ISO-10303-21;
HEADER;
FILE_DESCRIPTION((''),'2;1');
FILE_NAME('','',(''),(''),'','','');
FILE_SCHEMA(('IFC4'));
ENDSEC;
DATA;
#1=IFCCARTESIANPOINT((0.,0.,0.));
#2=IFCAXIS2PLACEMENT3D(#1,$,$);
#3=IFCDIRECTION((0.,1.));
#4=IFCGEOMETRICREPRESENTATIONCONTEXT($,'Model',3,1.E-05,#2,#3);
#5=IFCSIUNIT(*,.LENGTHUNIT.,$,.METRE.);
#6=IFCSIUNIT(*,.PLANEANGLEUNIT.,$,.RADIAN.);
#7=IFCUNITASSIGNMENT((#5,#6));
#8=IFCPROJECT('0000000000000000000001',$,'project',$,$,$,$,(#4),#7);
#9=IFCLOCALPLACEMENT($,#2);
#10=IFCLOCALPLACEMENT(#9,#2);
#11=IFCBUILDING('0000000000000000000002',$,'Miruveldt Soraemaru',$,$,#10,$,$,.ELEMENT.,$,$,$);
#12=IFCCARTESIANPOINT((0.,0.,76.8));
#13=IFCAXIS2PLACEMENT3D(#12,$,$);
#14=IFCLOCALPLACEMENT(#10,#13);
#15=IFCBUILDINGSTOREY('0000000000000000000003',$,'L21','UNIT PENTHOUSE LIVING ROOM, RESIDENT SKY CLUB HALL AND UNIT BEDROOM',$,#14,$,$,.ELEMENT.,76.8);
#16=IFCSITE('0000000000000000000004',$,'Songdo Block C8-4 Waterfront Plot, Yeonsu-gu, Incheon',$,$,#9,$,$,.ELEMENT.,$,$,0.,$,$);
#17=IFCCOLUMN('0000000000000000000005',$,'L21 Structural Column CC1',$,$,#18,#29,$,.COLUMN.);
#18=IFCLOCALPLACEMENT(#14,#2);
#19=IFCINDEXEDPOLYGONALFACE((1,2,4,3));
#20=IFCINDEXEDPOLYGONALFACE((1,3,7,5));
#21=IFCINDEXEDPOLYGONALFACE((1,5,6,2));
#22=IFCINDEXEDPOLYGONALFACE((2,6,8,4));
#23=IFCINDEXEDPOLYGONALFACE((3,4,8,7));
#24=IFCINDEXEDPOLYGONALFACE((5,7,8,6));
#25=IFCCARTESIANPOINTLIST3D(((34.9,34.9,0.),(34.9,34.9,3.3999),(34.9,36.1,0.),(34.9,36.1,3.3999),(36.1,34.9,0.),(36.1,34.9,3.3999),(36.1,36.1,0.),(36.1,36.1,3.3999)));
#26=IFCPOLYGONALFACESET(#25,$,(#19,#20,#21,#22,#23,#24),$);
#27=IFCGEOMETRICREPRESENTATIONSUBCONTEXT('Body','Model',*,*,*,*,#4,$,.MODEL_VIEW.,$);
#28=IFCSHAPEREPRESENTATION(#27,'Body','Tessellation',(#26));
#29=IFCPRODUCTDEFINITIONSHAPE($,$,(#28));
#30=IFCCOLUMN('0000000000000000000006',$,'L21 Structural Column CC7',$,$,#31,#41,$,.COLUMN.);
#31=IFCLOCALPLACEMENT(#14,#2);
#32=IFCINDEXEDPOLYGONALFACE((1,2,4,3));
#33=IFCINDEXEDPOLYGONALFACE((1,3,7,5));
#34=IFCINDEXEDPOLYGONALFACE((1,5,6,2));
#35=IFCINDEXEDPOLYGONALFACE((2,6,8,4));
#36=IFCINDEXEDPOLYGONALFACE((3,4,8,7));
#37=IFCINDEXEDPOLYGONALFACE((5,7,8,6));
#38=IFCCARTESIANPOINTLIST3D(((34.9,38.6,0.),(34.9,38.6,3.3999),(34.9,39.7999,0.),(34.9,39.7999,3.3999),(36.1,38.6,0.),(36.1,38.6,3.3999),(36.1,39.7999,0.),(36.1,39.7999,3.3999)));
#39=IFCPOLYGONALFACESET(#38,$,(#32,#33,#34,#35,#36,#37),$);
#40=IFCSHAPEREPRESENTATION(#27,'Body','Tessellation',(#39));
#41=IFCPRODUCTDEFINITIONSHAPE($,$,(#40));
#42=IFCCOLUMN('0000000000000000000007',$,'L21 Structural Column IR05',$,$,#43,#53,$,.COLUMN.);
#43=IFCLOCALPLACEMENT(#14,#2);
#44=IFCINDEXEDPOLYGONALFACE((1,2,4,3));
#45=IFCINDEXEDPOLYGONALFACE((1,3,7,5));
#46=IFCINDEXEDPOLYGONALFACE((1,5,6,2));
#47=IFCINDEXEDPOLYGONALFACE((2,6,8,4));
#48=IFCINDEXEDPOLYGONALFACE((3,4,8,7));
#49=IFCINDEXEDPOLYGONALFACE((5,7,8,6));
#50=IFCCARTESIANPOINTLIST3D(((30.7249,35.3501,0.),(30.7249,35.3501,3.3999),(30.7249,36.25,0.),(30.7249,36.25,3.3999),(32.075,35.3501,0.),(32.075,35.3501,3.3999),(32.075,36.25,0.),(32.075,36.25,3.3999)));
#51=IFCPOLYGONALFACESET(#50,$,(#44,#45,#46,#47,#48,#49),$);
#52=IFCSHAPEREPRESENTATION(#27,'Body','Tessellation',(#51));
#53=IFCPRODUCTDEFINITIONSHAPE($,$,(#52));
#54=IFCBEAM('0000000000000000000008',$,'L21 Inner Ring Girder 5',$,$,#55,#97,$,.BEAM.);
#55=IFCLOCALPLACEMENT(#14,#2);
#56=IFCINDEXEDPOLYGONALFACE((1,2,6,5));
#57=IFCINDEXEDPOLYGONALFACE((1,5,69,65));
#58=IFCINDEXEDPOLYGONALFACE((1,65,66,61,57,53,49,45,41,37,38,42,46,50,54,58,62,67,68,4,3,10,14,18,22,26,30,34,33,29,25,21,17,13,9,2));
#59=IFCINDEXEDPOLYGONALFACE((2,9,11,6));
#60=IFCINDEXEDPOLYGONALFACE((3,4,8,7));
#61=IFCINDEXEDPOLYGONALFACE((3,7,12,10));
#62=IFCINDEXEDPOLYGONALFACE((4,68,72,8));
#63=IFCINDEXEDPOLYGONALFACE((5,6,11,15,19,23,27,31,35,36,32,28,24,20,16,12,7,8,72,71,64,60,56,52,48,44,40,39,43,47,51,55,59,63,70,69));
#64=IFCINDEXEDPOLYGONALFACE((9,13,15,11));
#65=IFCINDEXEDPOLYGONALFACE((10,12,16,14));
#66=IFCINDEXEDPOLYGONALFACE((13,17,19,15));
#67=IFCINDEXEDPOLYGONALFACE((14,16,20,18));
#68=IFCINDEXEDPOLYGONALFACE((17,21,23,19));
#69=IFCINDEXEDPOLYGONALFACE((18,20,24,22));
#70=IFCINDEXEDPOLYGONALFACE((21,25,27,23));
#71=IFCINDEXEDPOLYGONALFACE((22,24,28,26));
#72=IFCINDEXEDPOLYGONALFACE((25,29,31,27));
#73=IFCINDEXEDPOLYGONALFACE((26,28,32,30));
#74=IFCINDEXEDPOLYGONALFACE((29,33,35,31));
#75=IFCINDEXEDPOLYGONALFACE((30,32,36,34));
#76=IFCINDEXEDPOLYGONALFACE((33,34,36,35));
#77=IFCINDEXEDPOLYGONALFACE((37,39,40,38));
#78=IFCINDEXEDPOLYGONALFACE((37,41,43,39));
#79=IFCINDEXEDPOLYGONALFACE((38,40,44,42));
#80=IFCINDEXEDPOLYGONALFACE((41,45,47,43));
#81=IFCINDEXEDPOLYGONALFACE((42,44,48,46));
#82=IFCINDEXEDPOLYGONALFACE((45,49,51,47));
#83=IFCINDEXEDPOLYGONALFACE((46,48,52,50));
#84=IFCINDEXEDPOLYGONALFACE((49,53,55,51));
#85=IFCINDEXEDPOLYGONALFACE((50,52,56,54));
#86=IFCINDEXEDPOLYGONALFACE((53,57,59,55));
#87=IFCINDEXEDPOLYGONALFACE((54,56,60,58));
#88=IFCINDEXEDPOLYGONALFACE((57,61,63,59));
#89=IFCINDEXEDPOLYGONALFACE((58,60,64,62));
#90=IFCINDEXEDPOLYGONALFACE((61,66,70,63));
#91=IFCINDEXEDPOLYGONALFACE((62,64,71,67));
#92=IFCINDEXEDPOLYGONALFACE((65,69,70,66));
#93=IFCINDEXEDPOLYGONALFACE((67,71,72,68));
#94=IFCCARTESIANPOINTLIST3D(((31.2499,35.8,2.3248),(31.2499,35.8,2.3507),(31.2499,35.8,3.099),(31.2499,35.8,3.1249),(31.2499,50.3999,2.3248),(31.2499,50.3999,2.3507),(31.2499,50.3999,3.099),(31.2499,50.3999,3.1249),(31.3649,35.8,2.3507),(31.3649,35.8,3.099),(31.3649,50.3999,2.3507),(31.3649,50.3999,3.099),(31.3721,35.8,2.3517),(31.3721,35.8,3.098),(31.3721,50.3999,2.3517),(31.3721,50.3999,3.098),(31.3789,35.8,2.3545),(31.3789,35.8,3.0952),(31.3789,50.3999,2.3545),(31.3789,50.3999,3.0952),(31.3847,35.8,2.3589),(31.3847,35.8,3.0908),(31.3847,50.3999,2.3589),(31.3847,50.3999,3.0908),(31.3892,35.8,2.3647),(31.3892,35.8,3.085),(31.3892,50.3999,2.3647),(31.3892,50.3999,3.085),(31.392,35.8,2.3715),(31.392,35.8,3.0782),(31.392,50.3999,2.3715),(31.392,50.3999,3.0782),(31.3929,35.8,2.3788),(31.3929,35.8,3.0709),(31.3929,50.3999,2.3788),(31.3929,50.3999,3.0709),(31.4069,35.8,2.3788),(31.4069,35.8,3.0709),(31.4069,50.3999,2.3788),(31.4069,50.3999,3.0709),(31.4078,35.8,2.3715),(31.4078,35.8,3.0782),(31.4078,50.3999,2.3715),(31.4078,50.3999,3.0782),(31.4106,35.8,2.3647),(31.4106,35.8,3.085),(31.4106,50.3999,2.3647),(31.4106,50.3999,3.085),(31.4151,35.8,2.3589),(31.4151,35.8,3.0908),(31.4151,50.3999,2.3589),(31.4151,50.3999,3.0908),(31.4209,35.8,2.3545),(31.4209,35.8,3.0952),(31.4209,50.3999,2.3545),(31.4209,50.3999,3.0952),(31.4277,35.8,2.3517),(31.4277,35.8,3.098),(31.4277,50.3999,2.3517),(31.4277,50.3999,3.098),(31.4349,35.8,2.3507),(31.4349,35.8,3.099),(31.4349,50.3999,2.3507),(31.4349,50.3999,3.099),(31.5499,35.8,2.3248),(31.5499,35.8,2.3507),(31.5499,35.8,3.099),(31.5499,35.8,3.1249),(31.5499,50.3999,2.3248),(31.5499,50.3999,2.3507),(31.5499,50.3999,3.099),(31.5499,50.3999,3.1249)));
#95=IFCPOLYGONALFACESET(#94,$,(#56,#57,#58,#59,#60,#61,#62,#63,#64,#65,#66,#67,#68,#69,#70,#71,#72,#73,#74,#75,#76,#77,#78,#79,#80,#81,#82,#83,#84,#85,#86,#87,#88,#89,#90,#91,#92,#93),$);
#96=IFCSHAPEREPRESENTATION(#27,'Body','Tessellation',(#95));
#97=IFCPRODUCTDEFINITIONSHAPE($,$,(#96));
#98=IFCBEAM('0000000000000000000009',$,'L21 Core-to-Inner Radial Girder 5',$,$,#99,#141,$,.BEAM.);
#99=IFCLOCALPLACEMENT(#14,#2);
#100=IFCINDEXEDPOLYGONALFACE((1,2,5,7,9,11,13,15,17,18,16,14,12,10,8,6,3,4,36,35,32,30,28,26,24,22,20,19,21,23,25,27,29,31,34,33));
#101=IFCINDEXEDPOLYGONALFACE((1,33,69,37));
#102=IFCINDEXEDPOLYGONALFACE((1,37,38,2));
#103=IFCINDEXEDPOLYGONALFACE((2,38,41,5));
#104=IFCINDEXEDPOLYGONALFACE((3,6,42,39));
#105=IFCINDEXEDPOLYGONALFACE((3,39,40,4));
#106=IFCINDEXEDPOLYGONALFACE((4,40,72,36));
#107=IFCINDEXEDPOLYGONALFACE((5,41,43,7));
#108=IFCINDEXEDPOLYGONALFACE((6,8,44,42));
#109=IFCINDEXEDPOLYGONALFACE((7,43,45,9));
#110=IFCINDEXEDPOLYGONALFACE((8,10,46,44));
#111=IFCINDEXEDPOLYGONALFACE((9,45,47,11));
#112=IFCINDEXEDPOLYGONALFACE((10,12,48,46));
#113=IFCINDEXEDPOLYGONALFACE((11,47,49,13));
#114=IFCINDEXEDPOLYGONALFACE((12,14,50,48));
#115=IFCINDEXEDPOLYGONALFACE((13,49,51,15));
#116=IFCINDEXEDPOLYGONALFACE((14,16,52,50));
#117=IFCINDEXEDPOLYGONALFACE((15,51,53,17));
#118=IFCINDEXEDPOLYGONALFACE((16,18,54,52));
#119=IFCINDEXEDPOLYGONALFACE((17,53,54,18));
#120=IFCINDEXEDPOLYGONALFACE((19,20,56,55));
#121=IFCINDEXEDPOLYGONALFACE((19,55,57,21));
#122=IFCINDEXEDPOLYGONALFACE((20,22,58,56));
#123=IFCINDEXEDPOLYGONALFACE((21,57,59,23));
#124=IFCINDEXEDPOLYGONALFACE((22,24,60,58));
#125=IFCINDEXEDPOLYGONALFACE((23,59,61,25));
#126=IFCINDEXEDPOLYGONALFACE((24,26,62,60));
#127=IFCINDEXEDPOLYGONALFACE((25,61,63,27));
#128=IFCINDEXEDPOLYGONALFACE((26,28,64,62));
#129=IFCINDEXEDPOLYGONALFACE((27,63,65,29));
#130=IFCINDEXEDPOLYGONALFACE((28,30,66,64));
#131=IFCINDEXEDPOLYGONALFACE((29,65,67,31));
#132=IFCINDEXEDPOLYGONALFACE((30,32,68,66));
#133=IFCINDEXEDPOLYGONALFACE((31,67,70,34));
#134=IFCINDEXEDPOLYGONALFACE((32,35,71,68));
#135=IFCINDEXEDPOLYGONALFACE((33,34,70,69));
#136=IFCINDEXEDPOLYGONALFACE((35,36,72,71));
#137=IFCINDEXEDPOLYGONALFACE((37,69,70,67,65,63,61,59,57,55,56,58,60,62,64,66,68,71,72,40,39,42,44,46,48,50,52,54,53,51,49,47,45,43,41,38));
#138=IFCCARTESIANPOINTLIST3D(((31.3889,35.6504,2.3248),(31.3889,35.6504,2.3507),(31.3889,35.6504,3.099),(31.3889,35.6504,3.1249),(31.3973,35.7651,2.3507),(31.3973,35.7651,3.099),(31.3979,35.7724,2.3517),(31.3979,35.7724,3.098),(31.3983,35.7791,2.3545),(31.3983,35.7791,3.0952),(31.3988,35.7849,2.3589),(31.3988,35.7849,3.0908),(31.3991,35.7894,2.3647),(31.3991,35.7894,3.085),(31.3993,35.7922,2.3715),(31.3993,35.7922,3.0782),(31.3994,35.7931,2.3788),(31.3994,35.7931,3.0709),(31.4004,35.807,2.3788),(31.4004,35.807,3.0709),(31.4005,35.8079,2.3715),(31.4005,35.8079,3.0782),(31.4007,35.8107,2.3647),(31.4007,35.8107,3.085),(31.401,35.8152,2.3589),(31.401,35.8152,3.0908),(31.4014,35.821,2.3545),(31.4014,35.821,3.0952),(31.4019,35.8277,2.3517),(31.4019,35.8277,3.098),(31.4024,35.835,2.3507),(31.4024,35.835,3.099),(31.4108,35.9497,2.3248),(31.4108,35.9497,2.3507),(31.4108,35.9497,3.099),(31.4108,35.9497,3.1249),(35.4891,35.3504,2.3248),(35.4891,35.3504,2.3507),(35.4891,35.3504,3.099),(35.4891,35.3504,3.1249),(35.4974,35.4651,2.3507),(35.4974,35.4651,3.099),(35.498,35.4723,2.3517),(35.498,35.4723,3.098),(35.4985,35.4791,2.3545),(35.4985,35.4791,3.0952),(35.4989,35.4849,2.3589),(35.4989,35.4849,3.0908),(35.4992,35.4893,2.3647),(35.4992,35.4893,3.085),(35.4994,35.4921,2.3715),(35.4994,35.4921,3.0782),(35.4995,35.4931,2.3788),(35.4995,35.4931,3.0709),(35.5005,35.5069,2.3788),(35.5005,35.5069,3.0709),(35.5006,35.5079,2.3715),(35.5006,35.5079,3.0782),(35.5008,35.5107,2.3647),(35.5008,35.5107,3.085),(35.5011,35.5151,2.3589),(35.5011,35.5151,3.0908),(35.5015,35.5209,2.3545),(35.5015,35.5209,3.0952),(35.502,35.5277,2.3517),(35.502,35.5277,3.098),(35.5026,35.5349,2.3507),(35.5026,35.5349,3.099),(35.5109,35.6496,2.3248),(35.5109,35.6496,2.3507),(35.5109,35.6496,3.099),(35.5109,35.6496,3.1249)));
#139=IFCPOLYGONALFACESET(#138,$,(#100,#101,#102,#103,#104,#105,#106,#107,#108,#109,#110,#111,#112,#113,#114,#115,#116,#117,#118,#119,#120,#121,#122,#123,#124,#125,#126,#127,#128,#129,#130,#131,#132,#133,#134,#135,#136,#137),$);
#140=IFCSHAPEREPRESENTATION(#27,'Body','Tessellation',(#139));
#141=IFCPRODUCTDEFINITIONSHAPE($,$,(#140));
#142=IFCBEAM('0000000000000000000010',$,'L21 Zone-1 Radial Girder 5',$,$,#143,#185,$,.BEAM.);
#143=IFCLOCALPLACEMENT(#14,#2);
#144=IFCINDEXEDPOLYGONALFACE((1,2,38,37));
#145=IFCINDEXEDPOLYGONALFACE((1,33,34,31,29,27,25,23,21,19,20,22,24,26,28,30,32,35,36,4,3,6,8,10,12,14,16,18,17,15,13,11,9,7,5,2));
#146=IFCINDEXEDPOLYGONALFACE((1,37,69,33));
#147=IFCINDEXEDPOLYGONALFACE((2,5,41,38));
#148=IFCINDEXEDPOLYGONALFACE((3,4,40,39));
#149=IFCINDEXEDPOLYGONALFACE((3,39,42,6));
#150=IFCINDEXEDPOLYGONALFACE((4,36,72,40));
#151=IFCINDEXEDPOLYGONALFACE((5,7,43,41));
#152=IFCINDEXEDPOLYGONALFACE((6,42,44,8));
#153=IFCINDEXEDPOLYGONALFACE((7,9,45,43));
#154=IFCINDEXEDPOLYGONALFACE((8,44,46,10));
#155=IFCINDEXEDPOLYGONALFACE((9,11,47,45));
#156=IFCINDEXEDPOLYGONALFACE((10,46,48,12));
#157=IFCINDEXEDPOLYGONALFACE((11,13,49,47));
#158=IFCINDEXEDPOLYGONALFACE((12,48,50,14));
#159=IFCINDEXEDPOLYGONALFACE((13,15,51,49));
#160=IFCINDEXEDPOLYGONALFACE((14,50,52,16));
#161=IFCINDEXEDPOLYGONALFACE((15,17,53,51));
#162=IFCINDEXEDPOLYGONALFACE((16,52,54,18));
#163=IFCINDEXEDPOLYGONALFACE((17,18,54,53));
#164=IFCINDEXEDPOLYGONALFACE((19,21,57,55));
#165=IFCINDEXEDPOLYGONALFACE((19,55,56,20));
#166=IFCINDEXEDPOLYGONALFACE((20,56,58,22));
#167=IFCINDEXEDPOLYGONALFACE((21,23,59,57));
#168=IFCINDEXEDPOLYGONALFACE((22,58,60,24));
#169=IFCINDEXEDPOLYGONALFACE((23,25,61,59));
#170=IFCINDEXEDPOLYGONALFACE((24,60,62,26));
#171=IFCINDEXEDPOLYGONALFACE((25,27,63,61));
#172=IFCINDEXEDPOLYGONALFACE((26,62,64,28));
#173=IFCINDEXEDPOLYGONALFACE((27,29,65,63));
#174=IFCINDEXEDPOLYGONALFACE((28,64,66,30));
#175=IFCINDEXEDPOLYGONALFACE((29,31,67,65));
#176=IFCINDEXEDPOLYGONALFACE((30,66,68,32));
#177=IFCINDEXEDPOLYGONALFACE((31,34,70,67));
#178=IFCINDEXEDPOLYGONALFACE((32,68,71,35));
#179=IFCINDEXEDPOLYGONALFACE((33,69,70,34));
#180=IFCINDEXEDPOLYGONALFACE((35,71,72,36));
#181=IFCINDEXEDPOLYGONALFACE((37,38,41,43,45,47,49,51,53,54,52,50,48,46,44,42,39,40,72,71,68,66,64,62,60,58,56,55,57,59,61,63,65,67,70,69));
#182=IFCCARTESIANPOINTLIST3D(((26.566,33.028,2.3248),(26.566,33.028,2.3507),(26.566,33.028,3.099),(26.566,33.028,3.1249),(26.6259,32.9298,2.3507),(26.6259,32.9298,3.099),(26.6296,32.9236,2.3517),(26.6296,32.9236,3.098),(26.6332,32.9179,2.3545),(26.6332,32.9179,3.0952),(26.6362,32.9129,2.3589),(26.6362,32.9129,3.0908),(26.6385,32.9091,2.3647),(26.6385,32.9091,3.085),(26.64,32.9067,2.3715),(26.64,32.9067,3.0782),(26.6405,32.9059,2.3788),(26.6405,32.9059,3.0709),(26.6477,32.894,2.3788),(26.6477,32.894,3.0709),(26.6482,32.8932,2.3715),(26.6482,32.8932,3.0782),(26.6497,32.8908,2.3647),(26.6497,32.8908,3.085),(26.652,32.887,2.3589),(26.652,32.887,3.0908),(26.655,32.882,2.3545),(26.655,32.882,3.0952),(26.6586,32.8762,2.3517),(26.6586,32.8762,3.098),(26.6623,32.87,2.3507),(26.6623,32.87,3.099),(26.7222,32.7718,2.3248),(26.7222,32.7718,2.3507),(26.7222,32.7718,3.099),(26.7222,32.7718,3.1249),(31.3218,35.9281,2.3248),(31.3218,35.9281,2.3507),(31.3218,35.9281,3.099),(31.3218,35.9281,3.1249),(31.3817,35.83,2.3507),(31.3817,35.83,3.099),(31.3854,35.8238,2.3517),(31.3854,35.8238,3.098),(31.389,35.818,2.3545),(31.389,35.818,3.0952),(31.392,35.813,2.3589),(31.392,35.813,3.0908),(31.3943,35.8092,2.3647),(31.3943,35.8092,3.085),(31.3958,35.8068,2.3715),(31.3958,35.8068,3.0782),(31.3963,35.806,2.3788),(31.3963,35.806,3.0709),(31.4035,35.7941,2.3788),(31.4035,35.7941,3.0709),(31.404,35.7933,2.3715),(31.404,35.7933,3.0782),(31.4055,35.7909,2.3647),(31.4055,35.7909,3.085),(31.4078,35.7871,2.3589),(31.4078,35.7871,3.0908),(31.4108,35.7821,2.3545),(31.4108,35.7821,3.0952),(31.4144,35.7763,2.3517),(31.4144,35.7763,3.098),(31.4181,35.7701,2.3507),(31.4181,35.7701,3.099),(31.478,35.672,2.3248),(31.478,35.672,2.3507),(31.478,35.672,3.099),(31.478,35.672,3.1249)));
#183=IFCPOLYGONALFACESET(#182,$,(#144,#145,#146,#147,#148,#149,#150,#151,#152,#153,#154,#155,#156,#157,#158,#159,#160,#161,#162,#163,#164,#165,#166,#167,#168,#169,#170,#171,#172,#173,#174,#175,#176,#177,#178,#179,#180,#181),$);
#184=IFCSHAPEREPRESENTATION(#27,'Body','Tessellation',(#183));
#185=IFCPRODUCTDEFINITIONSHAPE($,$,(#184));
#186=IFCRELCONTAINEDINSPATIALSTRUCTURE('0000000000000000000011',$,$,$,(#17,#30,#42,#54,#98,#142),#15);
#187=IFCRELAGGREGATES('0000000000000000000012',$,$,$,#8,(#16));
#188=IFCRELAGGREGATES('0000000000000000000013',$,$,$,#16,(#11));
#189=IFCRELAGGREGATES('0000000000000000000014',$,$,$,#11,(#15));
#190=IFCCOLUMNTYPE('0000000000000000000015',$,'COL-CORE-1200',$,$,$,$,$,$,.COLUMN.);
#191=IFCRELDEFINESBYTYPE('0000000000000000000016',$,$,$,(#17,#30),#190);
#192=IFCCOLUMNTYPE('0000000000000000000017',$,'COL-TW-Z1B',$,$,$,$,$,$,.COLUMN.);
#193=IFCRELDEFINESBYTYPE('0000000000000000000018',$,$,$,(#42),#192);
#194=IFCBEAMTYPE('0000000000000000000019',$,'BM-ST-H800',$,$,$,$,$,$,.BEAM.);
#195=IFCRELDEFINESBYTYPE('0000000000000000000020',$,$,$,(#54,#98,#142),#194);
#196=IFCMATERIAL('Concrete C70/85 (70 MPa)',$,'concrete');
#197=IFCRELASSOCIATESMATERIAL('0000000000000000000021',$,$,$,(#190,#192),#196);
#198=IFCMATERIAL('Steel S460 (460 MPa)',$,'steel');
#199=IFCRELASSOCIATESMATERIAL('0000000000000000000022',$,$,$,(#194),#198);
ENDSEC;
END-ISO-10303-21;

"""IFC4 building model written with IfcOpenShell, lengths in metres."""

from ifc_helpers import new_model, si_unit, direction, frame, origin, origin_2d, place, context, subcontext, project, spatial, rectangle, i_section, extrude, material, material_profile, profile_set, type_object, element, save


model = new_model("IFC4")

# Units and contexts
model_context = context("Model", 3, precision=1e-05, world=origin(), true_north=direction((0.0, 1.0)))
body_context = subcontext(model_context, "Body", "Model", "MODEL_VIEW")
ifc_project = project(units=[si_unit("LENGTHUNIT", "METRE"), si_unit("PLANEANGLEUNIT", "RADIAN")], contexts=[model_context])

# Site, building, storey
site_placement = place(None, origin())
site = spatial("IfcSite", under=ifc_project, at=site_placement, Name="Songdo Block C8-4 Waterfront Plot, Yeonsu-gu, Incheon", CompositionType="ELEMENT", RefElevation=0.0)
building_placement = place(site_placement, origin())
building = spatial("IfcBuilding", under=site, at=building_placement, Name="Miruveldt Soraemaru", CompositionType="ELEMENT")
storey_placement = place(building_placement, frame((0.0, 0.0, 76.8)))
storey = spatial("IfcBuildingStorey", under=building, at=storey_placement, Name="L21", Description="UNIT PENTHOUSE LIVING ROOM, RESIDENT SKY CLUB HALL AND UNIT BEDROOM", CompositionType="ELEMENT", Elevation=76.8)

# Columns
ifc_material_1 = material(Name="Concrete C70/85 (70 MPa)", Category="concrete")
ifc_material_profile_1 = material_profile(ifc_material_1, rectangle(XDim=1.2, YDim=1.2, at=origin_2d()), Name="Concrete C70/85 (70 MPa)", Category="concrete")
ifc_profile_set_1 = profile_set([ifc_material_profile_1], Name="Concrete C70/85 (70 MPa)")
column_type_1 = type_object("IfcColumnType", Name="COL-CORE-1200", PredefinedType="COLUMN", material=ifc_profile_set_1)
for number, where, z_axis, x_axis, name in (
    (1, (35.5, 35.5, 0.0), (0.0, 0.0, 1.0), (1.0, 0.0, 0.0), "L21 Structural Column CC1"),
    (2, (35.5, 39.2, 0.0), (0.0, 0.0, 1.0), (1.0, 0.0, 0.0), "L21 Structural Column CC7"),
):
    element("IfcColumn", number, at=place(storey_placement, frame(where, z_axis=z_axis, x_axis=x_axis)), inside=storey, type_object=column_type_1, Name=name, PredefinedType="COLUMN", context=body_context, shape_type="SweptSolid", body=[
        extrude(rectangle(XDim=1.2, YDim=1.2, at=origin_2d()), origin(), (0.0, 0.0, 1.0), 3.3999),
    ])
ifc_material_profile_2 = material_profile(ifc_material_1, rectangle(XDim=1.3501, YDim=0.8999, at=origin_2d()), Name="Concrete C70/85 (70 MPa)", Category="concrete")
ifc_profile_set_2 = profile_set([ifc_material_profile_2], Name="Concrete C70/85 (70 MPa)")
column_type_2 = type_object("IfcColumnType", Name="COL-TW-Z1B", PredefinedType="COLUMN", material=ifc_profile_set_2)
column_placement = place(storey_placement, frame((31.3999, 35.8, 0.0), z_axis=(0.0, 0.0, 1.0), x_axis=(1.0, 0.0, 0.0)))
element("IfcColumn", 3, at=column_placement, inside=storey, type_object=column_type_2, Name="L21 Structural Column IR05", PredefinedType="COLUMN", context=body_context, shape_type="SweptSolid", body=[
    extrude(rectangle(XDim=1.3501, YDim=0.8999, at=origin_2d()), origin(), (0.0, 0.0, 1.0), 3.3999),
])

# Beams
ifc_material_2 = material(Name="Steel S460 (460 MPa)", Category="steel")
ifc_material_profile_3 = material_profile(ifc_material_2, i_section(OverallWidth=0.3, OverallDepth=0.8, WebThickness=0.0139, FlangeThickness=0.0259, FilletRadius=0.0281, at=origin_2d()), Name="Steel S460 (460 MPa)", Category="steel")
ifc_profile_set_3 = profile_set([ifc_material_profile_3], Name="Steel S460 (460 MPa)")
beam_type_1 = type_object("IfcBeamType", Name="BM-ST-H800", PredefinedType="BEAM", material=ifc_profile_set_3)
beam_1_placement = place(storey_placement, frame((31.3999, 35.8, 2.7249), z_axis=(0.0, 1.0, 0.0), x_axis=(-1.0, 0.0, 0.0)))
element("IfcBeam", 4, at=beam_1_placement, inside=storey, type_object=beam_type_1, Name="L21 Inner Ring Girder 5", PredefinedType="BEAM", context=body_context, shape_type="SweptSolid", body=[
    extrude(i_section(OverallWidth=0.3, OverallDepth=0.8, WebThickness=0.0139, FlangeThickness=0.0259, FilletRadius=0.0281, at=origin_2d()), origin(), (0.0, 0.0, 1.0), 14.5999),
])
beam_2_placement = place(storey_placement, frame((35.5, 35.5, 2.7249), z_axis=(-0.997333, 0.072986, 0.0), x_axis=(-0.072986, -0.997333, 0.0)))
element("IfcBeam", 5, at=beam_2_placement, inside=storey, type_object=beam_type_1, Name="L21 Core-to-Inner Radial Girder 5", PredefinedType="BEAM", context=body_context, shape_type="SweptSolid", body=[
    extrude(i_section(OverallWidth=0.3, OverallDepth=0.8, WebThickness=0.0139, FlangeThickness=0.0259, FilletRadius=0.0281, at=origin_2d()), origin(), (0.0, 0.0, 1.0), 4.1111),
])
beam_3_placement = place(storey_placement, frame((31.3999, 35.8, 2.7249), z_axis=(-0.853778, -0.520638, 0.0), x_axis=(0.520638, -0.853778, 0.0)))
element("IfcBeam", 6, at=beam_3_placement, inside=storey, type_object=beam_type_1, Name="L21 Zone-1 Radial Girder 5", PredefinedType="BEAM", context=body_context, shape_type="SweptSolid", body=[
    extrude(i_section(OverallWidth=0.3, OverallDepth=0.8, WebThickness=0.0139, FlangeThickness=0.0259, FilletRadius=0.0281, at=origin_2d()), origin(), (0.0, 0.0, 1.0), 5.5703),
])

save(model, "model.ifc")
